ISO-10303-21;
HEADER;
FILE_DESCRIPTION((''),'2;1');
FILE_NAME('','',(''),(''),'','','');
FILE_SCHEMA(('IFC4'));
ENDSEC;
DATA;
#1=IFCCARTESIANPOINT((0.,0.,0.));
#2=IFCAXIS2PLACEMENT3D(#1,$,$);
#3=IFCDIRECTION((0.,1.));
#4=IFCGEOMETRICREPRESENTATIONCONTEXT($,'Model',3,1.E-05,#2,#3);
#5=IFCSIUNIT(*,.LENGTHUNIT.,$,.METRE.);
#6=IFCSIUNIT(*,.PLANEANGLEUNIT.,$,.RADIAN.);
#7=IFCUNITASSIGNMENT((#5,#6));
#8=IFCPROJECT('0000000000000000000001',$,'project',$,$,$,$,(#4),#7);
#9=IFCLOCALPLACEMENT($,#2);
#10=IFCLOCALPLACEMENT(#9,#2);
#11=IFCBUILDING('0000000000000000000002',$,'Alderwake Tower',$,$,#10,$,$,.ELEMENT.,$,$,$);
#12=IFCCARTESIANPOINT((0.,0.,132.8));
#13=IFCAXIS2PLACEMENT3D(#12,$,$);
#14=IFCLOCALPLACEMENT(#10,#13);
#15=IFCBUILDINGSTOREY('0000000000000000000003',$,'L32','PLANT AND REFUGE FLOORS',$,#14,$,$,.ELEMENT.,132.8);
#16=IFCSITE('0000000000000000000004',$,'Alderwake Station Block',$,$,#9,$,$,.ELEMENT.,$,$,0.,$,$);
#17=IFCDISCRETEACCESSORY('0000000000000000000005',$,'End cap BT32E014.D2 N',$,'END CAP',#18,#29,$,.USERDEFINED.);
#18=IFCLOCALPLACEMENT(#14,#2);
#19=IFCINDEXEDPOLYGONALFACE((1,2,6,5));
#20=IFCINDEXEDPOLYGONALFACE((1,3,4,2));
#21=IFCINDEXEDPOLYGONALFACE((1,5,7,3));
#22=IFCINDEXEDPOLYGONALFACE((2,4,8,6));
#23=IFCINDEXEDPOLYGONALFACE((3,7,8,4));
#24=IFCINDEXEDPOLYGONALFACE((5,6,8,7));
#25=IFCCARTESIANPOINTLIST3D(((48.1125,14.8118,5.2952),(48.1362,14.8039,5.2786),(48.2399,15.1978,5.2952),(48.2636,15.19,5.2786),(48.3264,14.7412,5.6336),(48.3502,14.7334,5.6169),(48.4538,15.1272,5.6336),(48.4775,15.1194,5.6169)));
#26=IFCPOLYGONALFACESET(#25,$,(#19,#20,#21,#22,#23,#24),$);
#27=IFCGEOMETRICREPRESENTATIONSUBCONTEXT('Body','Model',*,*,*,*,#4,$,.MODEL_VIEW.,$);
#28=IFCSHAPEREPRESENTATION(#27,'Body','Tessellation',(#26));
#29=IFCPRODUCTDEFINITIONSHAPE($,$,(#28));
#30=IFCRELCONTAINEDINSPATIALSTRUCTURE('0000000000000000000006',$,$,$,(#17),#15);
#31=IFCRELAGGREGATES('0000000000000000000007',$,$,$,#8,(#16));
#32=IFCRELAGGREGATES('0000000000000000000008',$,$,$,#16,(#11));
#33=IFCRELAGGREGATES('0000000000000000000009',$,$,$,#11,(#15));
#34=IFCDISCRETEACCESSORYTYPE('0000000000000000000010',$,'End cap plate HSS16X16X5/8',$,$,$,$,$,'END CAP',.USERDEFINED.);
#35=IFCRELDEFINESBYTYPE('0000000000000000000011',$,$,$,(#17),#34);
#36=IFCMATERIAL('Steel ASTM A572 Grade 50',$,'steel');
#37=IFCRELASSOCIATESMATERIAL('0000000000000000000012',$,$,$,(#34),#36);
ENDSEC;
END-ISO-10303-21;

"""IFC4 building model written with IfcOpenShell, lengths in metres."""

from ifc_helpers import new_model, si_unit, direction, frame, origin, origin_2d, place, context, subcontext, project, spatial, rectangle, extrude, material, material_profile, profile_set, type_object, element, save


model = new_model("IFC4")

# Units and contexts
model_context = context("Model", 3, precision=1e-05, world=origin(), true_north=direction((0.0, 1.0)))
body_context = subcontext(model_context, "Body", "Model", "MODEL_VIEW")
ifc_project = project(units=[si_unit("LENGTHUNIT", "METRE"), si_unit("PLANEANGLEUNIT", "RADIAN")], contexts=[model_context])

# Site, building, storey
site_placement = place(None, origin())
site = spatial("IfcSite", under=ifc_project, at=site_placement, Name="Alderwake Station Block", CompositionType="ELEMENT", RefElevation=0.0)
building_placement = place(site_placement, origin())
building = spatial("IfcBuilding", under=site, at=building_placement, Name="Alderwake Tower", CompositionType="ELEMENT")
storey_placement = place(building_placement, frame((0.0, 0.0, 132.8)))
storey = spatial("IfcBuildingStorey", under=building, at=storey_placement, Name="L32", Description="PLANT AND REFUGE FLOORS", CompositionType="ELEMENT", Elevation=132.8)

# Discrete accessory
ifc_material_1 = material(Name="Steel ASTM A572 Grade 50", Category="steel")
ifc_material_profile_1 = material_profile(ifc_material_1, rectangle(XDim=0.4065, YDim=0.4065, at=origin_2d()), Name="HSS16X16X5/8 cap")
ifc_profile_set_1 = profile_set([ifc_material_profile_1], Name="Steel ASTM A572 Grade 50")
discrete_accessory_type = type_object("IfcDiscreteAccessoryType", Name="End cap plate HSS16X16X5/8", ElementType="END CAP", PredefinedType="USERDEFINED", material=ifc_profile_set_1)
for number, where, z_axis, x_axis, name in (
    (1, (48.3069, 14.9617, 5.4478), (-0.790501, 0.260784, 0.554166), (-0.313289, -0.949658, 0.0), "End cap BT32E014.D2 N"),
):
    element("IfcDiscreteAccessory", number, at=place(storey_placement, frame(where, z_axis=z_axis, x_axis=x_axis)), inside=storey, type_object=discrete_accessory_type, Name=name, ObjectType="END CAP", PredefinedType="USERDEFINED", context=body_context, shape_type="SweptSolid", body=[
        extrude(rectangle(XDim=0.4065, YDim=0.4065, at=origin_2d()), origin(), (0.0, 0.0, 1.0), 0.03),
    ])

save(model, "model.ifc")
